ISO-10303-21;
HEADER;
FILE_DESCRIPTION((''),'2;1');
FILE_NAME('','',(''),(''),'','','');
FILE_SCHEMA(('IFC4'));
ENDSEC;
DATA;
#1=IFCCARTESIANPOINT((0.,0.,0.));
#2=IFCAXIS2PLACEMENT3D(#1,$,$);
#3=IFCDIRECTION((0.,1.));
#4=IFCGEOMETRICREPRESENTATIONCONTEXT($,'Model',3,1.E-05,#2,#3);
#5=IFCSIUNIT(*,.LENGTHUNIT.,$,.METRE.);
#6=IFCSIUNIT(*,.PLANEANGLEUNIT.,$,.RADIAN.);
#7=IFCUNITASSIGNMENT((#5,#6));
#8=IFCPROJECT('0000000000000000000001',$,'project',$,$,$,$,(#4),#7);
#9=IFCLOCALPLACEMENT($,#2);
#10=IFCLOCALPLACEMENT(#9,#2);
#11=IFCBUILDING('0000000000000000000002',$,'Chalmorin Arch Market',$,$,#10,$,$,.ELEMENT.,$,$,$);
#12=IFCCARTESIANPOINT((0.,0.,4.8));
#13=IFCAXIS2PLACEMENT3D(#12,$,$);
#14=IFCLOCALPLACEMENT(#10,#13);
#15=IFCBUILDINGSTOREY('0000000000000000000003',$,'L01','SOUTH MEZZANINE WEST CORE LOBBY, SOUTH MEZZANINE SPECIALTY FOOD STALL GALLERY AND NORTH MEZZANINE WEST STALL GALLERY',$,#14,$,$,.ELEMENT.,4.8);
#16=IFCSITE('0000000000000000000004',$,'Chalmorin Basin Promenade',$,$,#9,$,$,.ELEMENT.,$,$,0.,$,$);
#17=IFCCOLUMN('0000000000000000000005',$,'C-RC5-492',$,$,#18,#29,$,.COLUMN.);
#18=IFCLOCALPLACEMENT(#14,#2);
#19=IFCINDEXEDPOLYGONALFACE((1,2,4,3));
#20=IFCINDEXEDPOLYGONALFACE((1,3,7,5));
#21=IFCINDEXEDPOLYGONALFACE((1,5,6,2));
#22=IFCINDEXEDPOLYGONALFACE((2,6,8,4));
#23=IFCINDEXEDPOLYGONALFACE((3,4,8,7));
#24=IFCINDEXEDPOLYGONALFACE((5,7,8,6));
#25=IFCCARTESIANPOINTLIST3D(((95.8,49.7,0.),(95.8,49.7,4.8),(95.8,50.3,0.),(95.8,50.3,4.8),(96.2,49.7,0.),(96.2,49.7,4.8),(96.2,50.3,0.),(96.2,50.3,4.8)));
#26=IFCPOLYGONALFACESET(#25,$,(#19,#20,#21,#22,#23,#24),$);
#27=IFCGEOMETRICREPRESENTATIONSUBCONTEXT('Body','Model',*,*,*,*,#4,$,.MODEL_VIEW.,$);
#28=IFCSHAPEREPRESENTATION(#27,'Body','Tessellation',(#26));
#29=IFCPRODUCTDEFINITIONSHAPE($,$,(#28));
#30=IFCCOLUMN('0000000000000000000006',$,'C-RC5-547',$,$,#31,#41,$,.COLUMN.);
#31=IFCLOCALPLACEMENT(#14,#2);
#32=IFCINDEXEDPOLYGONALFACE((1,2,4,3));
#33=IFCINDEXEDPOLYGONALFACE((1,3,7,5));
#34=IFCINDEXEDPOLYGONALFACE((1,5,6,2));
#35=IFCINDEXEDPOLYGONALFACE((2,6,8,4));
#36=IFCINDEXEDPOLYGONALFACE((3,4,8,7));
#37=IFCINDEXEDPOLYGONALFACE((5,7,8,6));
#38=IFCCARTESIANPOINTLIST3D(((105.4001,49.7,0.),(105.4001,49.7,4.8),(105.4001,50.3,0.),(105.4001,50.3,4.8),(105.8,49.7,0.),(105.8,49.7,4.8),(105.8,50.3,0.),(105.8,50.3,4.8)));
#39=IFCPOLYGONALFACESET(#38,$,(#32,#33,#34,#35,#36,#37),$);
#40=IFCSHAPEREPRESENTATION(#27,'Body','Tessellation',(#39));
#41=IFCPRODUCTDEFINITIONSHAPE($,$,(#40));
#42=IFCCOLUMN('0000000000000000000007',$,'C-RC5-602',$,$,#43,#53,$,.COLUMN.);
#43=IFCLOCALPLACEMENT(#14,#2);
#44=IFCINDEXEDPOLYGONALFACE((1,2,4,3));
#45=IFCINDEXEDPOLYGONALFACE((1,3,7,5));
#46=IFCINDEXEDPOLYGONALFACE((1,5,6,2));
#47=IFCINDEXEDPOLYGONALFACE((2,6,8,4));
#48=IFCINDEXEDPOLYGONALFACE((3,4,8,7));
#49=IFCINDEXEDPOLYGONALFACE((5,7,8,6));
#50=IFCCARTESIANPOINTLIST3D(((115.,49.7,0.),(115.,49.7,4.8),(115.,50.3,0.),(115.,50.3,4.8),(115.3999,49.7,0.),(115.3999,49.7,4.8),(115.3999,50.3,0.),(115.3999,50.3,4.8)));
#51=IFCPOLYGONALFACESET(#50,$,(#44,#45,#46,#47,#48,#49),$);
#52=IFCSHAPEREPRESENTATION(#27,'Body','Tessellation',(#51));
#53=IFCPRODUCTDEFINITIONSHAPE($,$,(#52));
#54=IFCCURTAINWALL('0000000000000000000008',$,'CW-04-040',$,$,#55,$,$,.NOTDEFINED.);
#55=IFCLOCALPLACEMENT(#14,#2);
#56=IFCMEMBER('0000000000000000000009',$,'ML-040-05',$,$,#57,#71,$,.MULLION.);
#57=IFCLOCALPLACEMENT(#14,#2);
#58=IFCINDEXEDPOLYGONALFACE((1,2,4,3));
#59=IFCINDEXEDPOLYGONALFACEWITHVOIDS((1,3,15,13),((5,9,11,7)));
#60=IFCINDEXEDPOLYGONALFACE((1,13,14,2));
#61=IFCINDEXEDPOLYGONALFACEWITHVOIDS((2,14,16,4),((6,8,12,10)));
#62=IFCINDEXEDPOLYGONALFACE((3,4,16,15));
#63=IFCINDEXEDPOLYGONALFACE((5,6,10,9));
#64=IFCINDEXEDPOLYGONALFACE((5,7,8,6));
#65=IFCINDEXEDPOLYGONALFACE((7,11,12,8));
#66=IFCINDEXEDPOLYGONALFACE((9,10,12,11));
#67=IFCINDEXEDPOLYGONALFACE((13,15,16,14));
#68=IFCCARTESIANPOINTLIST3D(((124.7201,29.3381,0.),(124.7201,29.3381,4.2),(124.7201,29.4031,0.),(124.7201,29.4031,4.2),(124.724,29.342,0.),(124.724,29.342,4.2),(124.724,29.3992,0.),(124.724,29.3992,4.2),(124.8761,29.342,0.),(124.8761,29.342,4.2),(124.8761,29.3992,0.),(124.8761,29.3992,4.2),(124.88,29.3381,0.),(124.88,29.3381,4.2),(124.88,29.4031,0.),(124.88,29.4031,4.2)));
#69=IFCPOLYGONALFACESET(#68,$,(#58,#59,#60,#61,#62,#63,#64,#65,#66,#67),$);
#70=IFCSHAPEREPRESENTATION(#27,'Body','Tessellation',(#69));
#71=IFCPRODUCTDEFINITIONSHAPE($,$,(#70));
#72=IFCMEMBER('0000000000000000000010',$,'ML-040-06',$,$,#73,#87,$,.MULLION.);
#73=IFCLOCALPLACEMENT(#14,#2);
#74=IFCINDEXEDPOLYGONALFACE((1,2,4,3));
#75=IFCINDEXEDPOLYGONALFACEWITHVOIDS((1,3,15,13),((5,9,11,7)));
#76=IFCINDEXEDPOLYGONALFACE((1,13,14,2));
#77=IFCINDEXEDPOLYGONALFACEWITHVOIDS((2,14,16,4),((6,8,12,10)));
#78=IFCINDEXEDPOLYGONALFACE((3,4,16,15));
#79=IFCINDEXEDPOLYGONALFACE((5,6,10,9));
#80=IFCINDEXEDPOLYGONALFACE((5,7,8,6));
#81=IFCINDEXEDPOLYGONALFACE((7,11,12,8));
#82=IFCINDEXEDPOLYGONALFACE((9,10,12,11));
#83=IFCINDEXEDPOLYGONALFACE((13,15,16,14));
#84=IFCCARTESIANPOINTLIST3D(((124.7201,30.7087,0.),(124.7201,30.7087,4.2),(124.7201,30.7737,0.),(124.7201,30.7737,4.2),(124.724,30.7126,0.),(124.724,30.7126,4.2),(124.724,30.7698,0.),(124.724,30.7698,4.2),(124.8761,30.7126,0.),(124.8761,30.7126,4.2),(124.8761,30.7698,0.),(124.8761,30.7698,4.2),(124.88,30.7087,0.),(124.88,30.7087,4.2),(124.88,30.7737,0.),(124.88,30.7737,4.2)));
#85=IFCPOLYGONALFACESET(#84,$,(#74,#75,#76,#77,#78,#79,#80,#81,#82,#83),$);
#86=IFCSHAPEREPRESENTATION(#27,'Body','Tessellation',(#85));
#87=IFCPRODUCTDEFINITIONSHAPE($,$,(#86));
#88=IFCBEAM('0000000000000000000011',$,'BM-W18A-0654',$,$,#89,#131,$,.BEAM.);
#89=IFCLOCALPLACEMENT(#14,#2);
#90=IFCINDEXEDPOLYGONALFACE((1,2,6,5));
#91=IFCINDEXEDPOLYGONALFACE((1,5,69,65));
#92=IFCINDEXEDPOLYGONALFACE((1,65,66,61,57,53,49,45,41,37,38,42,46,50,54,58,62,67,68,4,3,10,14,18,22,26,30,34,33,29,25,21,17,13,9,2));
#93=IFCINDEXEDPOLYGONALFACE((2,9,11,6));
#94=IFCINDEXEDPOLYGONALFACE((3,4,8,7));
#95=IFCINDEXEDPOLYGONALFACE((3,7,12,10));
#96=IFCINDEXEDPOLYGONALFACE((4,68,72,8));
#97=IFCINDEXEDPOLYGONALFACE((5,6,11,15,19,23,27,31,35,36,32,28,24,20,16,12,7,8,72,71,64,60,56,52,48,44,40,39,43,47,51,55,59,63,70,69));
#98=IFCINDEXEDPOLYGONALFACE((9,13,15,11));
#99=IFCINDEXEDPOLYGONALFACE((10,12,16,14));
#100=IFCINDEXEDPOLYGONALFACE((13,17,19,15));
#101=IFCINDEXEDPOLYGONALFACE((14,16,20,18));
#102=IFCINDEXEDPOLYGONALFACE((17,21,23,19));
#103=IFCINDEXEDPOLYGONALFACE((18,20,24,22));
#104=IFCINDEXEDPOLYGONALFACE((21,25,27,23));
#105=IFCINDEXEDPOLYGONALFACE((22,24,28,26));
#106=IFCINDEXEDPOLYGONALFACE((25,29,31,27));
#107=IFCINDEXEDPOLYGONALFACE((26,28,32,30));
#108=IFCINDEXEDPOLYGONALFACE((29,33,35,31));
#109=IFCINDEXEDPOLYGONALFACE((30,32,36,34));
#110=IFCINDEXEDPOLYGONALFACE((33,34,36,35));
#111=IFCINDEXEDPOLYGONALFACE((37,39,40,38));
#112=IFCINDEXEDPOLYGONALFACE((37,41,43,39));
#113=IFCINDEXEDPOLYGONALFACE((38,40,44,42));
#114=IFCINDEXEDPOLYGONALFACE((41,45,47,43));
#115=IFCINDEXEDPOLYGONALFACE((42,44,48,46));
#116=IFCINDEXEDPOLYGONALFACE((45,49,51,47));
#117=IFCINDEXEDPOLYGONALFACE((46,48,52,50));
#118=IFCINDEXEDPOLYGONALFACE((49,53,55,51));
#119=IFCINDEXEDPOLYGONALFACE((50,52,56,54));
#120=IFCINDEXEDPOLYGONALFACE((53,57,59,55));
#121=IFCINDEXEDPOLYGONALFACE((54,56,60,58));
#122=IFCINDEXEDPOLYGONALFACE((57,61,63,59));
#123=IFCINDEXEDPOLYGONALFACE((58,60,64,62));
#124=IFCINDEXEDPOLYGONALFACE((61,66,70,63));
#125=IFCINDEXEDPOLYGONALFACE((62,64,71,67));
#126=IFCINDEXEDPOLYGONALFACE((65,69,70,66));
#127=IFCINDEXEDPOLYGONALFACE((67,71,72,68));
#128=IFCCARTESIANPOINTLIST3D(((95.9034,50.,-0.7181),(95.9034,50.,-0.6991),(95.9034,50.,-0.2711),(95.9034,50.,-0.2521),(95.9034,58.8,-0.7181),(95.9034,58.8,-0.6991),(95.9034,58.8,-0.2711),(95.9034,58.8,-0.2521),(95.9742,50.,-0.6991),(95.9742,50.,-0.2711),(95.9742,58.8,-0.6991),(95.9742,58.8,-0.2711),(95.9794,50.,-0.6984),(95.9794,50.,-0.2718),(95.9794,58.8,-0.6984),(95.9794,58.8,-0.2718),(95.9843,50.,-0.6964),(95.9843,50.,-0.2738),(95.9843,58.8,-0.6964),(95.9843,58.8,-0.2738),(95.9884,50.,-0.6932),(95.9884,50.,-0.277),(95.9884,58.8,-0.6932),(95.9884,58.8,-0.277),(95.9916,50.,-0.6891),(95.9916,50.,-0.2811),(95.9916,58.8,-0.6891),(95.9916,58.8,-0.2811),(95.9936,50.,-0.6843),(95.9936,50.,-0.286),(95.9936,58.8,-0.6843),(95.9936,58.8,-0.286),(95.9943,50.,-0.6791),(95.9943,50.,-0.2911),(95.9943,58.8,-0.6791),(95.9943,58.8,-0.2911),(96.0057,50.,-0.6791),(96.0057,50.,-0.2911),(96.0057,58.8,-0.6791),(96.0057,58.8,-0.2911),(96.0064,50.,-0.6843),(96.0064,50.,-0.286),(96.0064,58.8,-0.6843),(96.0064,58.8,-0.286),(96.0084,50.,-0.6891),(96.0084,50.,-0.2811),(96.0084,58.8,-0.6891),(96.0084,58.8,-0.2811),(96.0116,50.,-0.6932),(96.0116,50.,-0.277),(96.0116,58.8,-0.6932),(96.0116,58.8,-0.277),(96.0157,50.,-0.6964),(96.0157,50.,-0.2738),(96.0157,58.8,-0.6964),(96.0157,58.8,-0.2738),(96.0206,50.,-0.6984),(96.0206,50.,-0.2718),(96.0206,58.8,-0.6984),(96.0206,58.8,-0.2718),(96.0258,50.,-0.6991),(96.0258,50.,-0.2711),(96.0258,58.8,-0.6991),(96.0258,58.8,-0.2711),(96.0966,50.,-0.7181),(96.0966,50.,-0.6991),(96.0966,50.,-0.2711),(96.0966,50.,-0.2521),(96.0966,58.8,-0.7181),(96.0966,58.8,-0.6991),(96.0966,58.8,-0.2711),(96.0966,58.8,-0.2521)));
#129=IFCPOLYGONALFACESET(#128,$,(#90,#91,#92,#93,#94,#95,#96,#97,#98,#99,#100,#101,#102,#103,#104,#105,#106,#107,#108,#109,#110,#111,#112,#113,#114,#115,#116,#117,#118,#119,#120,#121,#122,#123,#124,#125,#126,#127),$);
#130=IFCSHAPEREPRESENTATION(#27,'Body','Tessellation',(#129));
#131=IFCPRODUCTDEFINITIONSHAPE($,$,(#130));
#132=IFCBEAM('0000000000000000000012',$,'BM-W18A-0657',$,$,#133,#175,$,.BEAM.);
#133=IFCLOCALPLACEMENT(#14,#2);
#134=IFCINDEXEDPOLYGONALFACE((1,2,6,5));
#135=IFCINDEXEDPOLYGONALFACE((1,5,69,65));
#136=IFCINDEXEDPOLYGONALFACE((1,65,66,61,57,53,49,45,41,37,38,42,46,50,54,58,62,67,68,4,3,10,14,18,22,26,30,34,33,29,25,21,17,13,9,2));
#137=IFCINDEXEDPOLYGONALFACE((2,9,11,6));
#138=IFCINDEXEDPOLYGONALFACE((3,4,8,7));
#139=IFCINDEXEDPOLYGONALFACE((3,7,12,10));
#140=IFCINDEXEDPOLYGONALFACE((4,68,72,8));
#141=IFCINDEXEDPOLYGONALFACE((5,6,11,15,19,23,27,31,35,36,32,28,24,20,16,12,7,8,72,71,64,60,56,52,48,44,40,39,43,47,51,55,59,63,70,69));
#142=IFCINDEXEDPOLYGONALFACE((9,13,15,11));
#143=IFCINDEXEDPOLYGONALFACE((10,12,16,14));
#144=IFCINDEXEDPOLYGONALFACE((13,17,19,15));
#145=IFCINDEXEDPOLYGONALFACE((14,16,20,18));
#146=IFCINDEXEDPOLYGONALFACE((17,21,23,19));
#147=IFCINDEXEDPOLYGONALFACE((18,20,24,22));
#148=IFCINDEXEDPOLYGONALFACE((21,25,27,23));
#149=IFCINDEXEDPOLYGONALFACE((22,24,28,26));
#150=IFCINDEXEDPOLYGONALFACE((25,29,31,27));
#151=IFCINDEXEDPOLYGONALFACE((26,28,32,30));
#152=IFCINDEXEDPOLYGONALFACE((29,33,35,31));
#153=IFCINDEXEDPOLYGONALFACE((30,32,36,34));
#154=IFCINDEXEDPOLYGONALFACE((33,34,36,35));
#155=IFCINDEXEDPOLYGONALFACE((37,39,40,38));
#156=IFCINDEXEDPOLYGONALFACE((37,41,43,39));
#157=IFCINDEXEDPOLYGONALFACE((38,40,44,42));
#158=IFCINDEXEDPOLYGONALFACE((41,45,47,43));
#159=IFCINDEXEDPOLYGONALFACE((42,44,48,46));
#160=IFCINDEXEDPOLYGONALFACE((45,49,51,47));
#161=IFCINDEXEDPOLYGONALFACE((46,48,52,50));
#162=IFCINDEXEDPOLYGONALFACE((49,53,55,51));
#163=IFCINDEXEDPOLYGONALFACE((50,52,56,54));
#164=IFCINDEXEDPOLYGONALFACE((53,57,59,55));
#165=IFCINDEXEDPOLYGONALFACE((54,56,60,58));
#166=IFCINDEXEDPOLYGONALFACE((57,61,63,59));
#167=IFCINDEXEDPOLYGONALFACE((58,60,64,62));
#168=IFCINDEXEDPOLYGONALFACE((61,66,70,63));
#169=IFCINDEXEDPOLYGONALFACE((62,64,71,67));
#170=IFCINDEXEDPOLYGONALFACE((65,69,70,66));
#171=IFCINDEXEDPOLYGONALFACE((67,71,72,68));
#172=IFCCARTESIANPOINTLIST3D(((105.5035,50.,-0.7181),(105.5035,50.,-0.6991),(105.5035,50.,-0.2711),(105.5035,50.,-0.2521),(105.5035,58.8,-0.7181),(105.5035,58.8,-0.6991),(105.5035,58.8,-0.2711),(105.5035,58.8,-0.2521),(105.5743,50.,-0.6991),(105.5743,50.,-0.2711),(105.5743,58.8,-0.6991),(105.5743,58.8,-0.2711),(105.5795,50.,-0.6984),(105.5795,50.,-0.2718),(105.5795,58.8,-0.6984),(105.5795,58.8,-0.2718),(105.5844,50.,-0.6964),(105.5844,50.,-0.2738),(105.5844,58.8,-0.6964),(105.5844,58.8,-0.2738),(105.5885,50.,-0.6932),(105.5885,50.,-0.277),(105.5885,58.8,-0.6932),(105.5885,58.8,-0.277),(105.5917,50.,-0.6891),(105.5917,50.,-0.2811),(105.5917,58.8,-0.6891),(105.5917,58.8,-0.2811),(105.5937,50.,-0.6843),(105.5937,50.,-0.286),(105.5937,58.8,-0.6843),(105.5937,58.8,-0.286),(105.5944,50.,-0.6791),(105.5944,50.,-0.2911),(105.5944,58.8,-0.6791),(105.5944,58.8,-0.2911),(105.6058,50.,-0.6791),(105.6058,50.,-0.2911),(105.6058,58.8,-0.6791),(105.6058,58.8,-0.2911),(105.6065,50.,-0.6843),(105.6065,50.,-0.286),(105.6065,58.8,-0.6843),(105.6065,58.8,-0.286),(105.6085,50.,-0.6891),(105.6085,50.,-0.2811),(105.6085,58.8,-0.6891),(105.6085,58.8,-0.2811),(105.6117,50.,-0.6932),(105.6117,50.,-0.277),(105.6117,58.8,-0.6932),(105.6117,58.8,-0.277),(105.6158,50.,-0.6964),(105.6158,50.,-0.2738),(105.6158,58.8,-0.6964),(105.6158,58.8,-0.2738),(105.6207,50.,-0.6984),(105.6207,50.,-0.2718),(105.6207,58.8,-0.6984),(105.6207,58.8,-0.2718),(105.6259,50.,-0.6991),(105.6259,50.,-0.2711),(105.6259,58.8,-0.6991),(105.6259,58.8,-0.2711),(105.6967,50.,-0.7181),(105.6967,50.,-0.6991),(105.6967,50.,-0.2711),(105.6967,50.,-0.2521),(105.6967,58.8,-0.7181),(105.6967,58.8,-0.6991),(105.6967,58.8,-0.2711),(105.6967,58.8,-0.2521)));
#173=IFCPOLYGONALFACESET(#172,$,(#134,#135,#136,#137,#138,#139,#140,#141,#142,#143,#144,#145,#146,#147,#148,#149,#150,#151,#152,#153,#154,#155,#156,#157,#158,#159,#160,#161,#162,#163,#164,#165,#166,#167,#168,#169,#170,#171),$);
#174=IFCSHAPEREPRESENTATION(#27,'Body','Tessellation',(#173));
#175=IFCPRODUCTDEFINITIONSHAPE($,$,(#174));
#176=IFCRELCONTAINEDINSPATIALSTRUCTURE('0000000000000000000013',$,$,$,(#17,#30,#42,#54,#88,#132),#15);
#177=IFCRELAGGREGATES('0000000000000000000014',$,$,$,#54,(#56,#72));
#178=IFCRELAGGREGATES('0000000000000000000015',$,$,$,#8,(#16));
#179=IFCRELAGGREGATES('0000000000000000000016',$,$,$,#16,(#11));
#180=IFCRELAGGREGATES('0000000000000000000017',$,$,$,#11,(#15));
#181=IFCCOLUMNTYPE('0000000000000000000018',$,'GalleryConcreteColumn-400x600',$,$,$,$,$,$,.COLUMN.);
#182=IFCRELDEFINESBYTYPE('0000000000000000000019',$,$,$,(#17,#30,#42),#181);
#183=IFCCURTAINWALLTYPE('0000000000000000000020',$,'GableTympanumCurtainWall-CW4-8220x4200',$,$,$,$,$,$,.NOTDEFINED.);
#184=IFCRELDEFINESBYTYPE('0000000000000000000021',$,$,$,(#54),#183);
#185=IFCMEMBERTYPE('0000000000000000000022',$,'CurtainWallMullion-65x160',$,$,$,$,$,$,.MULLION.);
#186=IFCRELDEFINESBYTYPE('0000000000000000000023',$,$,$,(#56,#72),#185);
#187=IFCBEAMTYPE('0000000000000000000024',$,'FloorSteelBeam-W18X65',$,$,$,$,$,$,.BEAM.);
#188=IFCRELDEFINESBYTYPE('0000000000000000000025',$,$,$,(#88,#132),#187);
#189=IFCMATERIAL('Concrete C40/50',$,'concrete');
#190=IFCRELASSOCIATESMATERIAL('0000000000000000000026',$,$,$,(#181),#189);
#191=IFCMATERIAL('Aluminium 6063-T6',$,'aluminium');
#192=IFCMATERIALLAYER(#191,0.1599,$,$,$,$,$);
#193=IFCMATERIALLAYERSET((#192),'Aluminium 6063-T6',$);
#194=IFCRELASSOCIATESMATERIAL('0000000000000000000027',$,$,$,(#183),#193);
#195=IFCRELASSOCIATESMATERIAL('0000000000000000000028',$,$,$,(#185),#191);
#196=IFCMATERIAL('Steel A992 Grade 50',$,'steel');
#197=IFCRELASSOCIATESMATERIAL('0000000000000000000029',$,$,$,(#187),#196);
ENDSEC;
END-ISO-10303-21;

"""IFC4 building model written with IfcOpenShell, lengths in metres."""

from ifc_helpers import new_model, si_unit, direction, frame, origin, origin_2d, place, context, subcontext, project, spatial, rectangle, hollow_rectangle, i_section, extrude, material, layer, layer_set, material_profile, profile_set, type_object, element, aggregate, save


model = new_model("IFC4")

# Units and contexts
model_context = context("Model", 3, precision=1e-05, world=origin(), true_north=direction((0.0, 1.0)))
body_context = subcontext(model_context, "Body", "Model", "MODEL_VIEW")
ifc_project = project(units=[si_unit("LENGTHUNIT", "METRE"), si_unit("PLANEANGLEUNIT", "RADIAN")], contexts=[model_context])

# Site, building, storey
site_placement = place(None, origin())
site = spatial("IfcSite", under=ifc_project, at=site_placement, Name="Chalmorin Basin Promenade", CompositionType="ELEMENT", RefElevation=0.0)
building_placement = place(site_placement, origin())
building = spatial("IfcBuilding", under=site, at=building_placement, Name="Chalmorin Arch Market", CompositionType="ELEMENT")
storey_placement = place(building_placement, frame((0.0, 0.0, 4.8)))
storey = spatial("IfcBuildingStorey", under=building, at=storey_placement, Name="L01", Description="SOUTH MEZZANINE WEST CORE LOBBY, SOUTH MEZZANINE SPECIALTY FOOD STALL GALLERY AND NORTH MEZZANINE WEST STALL GALLERY", CompositionType="ELEMENT", Elevation=4.8)

# Columns
ifc_material_1 = material(Name="Concrete C40/50", Category="concrete")
ifc_material_profile_1 = material_profile(ifc_material_1, rectangle(XDim=0.3999, YDim=0.6001, at=origin_2d()), Name="RC400X600")
ifc_profile_set_1 = profile_set([ifc_material_profile_1], Name="Concrete C40/50")
column_type = type_object("IfcColumnType", Name="GalleryConcreteColumn-400x600", PredefinedType="COLUMN", material=ifc_profile_set_1)
for number, where, z_axis, x_axis, name in (
    (1, (96.0, 50.0, 0.0), (0.0, 0.0, 1.0), (1.0, 0.0, 0.0), "C-RC5-492"),
    (2, (105.6001, 50.0, 0.0), (0.0, 0.0, 1.0), (1.0, 0.0, 0.0), "C-RC5-547"),
    (3, (115.2, 50.0, 0.0), (0.0, 0.0, 1.0), (1.0, 0.0, 0.0), "C-RC5-602"),
):
    element("IfcColumn", number, at=place(storey_placement, frame(where, z_axis=z_axis, x_axis=x_axis)), inside=storey, type_object=column_type, Name=name, PredefinedType="COLUMN", context=body_context, shape_type="SweptSolid", body=[
        extrude(rectangle(XDim=0.3999, YDim=0.6001, at=origin_2d()), origin(), (0.0, 0.0, 1.0), 4.8),
    ])

# Curtain wall, members
ifc_material_2 = material(Name="Aluminium 6063-T6", Category="aluminium")
ifc_layer_1 = layer(ifc_material_2, 0.1599)
ifc_layer_set_1 = layer_set([ifc_layer_1], Name="Aluminium 6063-T6")
curtain_wall_type = type_object("IfcCurtainWallType", Name="GableTympanumCurtainWall-CW4-8220x4200", PredefinedType="NOTDEFINED", material=ifc_layer_set_1)
curtain_wall_placement = place(storey_placement, origin())
curtain_wall = element("IfcCurtainWall", 4, at=curtain_wall_placement, inside=storey, type_object=curtain_wall_type, Name="CW-04-040", PredefinedType="NOTDEFINED")
ifc_material_profile_2 = material_profile(ifc_material_2, hollow_rectangle(XDim=0.0649, YDim=0.1599, WallThickness=0.0039, at=origin_2d()), Name="ALU65X160X4")
ifc_profile_set_2 = profile_set([ifc_material_profile_2], Name="Aluminium 6063-T6")
member_type = type_object("IfcMemberType", Name="CurtainWallMullion-65x160", PredefinedType="MULLION", material=ifc_profile_set_2)
member_1_placement = place(storey_placement, frame((124.8, 29.3706, 0.0), z_axis=(0.0, 0.0, 1.0), x_axis=(0.0, 1.0, 0.0)))
member_1 = element("IfcMember", 5, at=member_1_placement, type_object=member_type, Name="ML-040-05", PredefinedType="MULLION", context=body_context, shape_type="SweptSolid", body=[
    extrude(hollow_rectangle(XDim=0.0649, YDim=0.1599, WallThickness=0.0039, at=origin_2d()), origin(), (0.0, 0.0, 1.0), 4.2),
])
member_2_placement = place(storey_placement, frame((124.8, 30.7412, 0.0), z_axis=(0.0, 0.0, 1.0), x_axis=(0.0, 1.0, 0.0)))
member_2 = element("IfcMember", 6, at=member_2_placement, type_object=member_type, Name="ML-040-06", PredefinedType="MULLION", context=body_context, shape_type="SweptSolid", body=[
    extrude(hollow_rectangle(XDim=0.0649, YDim=0.1599, WallThickness=0.0039, at=origin_2d()), origin(), (0.0, 0.0, 1.0), 4.2),
])

# Beams
ifc_material_3 = material(Name="Steel A992 Grade 50", Category="steel")
ifc_material_profile_3 = material_profile(ifc_material_3, i_section(OverallWidth=0.1931, OverallDepth=0.4661, WebThickness=0.0115, FlangeThickness=0.019, FilletRadius=0.02, at=origin_2d()), Name="W18X65")
ifc_profile_set_3 = profile_set([ifc_material_profile_3], Name="Steel A992 Grade 50")
beam_type_1 = type_object("IfcBeamType", Name="FloorSteelBeam-W18X65", PredefinedType="BEAM", material=ifc_profile_set_3)
for number, where, z_axis, x_axis, name in (
    (7, (96.0, 50.0, -0.4851), (0.0, 1.0, 0.0), (-1.0, 0.0, 0.0), "BM-W18A-0654"),
    (8, (105.6001, 50.0, -0.4851), (0.0, 1.0, 0.0), (-1.0, 0.0, 0.0), "BM-W18A-0657"),
):
    element("IfcBeam", number, at=place(storey_placement, frame(where, z_axis=z_axis, x_axis=x_axis)), inside=storey, type_object=beam_type_1, Name=name, PredefinedType="BEAM", context=body_context, shape_type="SweptSolid", body=[
        extrude(i_section(OverallWidth=0.1931, OverallDepth=0.4661, WebThickness=0.0115, FlangeThickness=0.019, FilletRadius=0.02, at=origin_2d()), origin(), (0.0, 0.0, 1.0), 8.8),
    ])

aggregate(curtain_wall, [member_1, member_2])

save(model, "model.ifc")
